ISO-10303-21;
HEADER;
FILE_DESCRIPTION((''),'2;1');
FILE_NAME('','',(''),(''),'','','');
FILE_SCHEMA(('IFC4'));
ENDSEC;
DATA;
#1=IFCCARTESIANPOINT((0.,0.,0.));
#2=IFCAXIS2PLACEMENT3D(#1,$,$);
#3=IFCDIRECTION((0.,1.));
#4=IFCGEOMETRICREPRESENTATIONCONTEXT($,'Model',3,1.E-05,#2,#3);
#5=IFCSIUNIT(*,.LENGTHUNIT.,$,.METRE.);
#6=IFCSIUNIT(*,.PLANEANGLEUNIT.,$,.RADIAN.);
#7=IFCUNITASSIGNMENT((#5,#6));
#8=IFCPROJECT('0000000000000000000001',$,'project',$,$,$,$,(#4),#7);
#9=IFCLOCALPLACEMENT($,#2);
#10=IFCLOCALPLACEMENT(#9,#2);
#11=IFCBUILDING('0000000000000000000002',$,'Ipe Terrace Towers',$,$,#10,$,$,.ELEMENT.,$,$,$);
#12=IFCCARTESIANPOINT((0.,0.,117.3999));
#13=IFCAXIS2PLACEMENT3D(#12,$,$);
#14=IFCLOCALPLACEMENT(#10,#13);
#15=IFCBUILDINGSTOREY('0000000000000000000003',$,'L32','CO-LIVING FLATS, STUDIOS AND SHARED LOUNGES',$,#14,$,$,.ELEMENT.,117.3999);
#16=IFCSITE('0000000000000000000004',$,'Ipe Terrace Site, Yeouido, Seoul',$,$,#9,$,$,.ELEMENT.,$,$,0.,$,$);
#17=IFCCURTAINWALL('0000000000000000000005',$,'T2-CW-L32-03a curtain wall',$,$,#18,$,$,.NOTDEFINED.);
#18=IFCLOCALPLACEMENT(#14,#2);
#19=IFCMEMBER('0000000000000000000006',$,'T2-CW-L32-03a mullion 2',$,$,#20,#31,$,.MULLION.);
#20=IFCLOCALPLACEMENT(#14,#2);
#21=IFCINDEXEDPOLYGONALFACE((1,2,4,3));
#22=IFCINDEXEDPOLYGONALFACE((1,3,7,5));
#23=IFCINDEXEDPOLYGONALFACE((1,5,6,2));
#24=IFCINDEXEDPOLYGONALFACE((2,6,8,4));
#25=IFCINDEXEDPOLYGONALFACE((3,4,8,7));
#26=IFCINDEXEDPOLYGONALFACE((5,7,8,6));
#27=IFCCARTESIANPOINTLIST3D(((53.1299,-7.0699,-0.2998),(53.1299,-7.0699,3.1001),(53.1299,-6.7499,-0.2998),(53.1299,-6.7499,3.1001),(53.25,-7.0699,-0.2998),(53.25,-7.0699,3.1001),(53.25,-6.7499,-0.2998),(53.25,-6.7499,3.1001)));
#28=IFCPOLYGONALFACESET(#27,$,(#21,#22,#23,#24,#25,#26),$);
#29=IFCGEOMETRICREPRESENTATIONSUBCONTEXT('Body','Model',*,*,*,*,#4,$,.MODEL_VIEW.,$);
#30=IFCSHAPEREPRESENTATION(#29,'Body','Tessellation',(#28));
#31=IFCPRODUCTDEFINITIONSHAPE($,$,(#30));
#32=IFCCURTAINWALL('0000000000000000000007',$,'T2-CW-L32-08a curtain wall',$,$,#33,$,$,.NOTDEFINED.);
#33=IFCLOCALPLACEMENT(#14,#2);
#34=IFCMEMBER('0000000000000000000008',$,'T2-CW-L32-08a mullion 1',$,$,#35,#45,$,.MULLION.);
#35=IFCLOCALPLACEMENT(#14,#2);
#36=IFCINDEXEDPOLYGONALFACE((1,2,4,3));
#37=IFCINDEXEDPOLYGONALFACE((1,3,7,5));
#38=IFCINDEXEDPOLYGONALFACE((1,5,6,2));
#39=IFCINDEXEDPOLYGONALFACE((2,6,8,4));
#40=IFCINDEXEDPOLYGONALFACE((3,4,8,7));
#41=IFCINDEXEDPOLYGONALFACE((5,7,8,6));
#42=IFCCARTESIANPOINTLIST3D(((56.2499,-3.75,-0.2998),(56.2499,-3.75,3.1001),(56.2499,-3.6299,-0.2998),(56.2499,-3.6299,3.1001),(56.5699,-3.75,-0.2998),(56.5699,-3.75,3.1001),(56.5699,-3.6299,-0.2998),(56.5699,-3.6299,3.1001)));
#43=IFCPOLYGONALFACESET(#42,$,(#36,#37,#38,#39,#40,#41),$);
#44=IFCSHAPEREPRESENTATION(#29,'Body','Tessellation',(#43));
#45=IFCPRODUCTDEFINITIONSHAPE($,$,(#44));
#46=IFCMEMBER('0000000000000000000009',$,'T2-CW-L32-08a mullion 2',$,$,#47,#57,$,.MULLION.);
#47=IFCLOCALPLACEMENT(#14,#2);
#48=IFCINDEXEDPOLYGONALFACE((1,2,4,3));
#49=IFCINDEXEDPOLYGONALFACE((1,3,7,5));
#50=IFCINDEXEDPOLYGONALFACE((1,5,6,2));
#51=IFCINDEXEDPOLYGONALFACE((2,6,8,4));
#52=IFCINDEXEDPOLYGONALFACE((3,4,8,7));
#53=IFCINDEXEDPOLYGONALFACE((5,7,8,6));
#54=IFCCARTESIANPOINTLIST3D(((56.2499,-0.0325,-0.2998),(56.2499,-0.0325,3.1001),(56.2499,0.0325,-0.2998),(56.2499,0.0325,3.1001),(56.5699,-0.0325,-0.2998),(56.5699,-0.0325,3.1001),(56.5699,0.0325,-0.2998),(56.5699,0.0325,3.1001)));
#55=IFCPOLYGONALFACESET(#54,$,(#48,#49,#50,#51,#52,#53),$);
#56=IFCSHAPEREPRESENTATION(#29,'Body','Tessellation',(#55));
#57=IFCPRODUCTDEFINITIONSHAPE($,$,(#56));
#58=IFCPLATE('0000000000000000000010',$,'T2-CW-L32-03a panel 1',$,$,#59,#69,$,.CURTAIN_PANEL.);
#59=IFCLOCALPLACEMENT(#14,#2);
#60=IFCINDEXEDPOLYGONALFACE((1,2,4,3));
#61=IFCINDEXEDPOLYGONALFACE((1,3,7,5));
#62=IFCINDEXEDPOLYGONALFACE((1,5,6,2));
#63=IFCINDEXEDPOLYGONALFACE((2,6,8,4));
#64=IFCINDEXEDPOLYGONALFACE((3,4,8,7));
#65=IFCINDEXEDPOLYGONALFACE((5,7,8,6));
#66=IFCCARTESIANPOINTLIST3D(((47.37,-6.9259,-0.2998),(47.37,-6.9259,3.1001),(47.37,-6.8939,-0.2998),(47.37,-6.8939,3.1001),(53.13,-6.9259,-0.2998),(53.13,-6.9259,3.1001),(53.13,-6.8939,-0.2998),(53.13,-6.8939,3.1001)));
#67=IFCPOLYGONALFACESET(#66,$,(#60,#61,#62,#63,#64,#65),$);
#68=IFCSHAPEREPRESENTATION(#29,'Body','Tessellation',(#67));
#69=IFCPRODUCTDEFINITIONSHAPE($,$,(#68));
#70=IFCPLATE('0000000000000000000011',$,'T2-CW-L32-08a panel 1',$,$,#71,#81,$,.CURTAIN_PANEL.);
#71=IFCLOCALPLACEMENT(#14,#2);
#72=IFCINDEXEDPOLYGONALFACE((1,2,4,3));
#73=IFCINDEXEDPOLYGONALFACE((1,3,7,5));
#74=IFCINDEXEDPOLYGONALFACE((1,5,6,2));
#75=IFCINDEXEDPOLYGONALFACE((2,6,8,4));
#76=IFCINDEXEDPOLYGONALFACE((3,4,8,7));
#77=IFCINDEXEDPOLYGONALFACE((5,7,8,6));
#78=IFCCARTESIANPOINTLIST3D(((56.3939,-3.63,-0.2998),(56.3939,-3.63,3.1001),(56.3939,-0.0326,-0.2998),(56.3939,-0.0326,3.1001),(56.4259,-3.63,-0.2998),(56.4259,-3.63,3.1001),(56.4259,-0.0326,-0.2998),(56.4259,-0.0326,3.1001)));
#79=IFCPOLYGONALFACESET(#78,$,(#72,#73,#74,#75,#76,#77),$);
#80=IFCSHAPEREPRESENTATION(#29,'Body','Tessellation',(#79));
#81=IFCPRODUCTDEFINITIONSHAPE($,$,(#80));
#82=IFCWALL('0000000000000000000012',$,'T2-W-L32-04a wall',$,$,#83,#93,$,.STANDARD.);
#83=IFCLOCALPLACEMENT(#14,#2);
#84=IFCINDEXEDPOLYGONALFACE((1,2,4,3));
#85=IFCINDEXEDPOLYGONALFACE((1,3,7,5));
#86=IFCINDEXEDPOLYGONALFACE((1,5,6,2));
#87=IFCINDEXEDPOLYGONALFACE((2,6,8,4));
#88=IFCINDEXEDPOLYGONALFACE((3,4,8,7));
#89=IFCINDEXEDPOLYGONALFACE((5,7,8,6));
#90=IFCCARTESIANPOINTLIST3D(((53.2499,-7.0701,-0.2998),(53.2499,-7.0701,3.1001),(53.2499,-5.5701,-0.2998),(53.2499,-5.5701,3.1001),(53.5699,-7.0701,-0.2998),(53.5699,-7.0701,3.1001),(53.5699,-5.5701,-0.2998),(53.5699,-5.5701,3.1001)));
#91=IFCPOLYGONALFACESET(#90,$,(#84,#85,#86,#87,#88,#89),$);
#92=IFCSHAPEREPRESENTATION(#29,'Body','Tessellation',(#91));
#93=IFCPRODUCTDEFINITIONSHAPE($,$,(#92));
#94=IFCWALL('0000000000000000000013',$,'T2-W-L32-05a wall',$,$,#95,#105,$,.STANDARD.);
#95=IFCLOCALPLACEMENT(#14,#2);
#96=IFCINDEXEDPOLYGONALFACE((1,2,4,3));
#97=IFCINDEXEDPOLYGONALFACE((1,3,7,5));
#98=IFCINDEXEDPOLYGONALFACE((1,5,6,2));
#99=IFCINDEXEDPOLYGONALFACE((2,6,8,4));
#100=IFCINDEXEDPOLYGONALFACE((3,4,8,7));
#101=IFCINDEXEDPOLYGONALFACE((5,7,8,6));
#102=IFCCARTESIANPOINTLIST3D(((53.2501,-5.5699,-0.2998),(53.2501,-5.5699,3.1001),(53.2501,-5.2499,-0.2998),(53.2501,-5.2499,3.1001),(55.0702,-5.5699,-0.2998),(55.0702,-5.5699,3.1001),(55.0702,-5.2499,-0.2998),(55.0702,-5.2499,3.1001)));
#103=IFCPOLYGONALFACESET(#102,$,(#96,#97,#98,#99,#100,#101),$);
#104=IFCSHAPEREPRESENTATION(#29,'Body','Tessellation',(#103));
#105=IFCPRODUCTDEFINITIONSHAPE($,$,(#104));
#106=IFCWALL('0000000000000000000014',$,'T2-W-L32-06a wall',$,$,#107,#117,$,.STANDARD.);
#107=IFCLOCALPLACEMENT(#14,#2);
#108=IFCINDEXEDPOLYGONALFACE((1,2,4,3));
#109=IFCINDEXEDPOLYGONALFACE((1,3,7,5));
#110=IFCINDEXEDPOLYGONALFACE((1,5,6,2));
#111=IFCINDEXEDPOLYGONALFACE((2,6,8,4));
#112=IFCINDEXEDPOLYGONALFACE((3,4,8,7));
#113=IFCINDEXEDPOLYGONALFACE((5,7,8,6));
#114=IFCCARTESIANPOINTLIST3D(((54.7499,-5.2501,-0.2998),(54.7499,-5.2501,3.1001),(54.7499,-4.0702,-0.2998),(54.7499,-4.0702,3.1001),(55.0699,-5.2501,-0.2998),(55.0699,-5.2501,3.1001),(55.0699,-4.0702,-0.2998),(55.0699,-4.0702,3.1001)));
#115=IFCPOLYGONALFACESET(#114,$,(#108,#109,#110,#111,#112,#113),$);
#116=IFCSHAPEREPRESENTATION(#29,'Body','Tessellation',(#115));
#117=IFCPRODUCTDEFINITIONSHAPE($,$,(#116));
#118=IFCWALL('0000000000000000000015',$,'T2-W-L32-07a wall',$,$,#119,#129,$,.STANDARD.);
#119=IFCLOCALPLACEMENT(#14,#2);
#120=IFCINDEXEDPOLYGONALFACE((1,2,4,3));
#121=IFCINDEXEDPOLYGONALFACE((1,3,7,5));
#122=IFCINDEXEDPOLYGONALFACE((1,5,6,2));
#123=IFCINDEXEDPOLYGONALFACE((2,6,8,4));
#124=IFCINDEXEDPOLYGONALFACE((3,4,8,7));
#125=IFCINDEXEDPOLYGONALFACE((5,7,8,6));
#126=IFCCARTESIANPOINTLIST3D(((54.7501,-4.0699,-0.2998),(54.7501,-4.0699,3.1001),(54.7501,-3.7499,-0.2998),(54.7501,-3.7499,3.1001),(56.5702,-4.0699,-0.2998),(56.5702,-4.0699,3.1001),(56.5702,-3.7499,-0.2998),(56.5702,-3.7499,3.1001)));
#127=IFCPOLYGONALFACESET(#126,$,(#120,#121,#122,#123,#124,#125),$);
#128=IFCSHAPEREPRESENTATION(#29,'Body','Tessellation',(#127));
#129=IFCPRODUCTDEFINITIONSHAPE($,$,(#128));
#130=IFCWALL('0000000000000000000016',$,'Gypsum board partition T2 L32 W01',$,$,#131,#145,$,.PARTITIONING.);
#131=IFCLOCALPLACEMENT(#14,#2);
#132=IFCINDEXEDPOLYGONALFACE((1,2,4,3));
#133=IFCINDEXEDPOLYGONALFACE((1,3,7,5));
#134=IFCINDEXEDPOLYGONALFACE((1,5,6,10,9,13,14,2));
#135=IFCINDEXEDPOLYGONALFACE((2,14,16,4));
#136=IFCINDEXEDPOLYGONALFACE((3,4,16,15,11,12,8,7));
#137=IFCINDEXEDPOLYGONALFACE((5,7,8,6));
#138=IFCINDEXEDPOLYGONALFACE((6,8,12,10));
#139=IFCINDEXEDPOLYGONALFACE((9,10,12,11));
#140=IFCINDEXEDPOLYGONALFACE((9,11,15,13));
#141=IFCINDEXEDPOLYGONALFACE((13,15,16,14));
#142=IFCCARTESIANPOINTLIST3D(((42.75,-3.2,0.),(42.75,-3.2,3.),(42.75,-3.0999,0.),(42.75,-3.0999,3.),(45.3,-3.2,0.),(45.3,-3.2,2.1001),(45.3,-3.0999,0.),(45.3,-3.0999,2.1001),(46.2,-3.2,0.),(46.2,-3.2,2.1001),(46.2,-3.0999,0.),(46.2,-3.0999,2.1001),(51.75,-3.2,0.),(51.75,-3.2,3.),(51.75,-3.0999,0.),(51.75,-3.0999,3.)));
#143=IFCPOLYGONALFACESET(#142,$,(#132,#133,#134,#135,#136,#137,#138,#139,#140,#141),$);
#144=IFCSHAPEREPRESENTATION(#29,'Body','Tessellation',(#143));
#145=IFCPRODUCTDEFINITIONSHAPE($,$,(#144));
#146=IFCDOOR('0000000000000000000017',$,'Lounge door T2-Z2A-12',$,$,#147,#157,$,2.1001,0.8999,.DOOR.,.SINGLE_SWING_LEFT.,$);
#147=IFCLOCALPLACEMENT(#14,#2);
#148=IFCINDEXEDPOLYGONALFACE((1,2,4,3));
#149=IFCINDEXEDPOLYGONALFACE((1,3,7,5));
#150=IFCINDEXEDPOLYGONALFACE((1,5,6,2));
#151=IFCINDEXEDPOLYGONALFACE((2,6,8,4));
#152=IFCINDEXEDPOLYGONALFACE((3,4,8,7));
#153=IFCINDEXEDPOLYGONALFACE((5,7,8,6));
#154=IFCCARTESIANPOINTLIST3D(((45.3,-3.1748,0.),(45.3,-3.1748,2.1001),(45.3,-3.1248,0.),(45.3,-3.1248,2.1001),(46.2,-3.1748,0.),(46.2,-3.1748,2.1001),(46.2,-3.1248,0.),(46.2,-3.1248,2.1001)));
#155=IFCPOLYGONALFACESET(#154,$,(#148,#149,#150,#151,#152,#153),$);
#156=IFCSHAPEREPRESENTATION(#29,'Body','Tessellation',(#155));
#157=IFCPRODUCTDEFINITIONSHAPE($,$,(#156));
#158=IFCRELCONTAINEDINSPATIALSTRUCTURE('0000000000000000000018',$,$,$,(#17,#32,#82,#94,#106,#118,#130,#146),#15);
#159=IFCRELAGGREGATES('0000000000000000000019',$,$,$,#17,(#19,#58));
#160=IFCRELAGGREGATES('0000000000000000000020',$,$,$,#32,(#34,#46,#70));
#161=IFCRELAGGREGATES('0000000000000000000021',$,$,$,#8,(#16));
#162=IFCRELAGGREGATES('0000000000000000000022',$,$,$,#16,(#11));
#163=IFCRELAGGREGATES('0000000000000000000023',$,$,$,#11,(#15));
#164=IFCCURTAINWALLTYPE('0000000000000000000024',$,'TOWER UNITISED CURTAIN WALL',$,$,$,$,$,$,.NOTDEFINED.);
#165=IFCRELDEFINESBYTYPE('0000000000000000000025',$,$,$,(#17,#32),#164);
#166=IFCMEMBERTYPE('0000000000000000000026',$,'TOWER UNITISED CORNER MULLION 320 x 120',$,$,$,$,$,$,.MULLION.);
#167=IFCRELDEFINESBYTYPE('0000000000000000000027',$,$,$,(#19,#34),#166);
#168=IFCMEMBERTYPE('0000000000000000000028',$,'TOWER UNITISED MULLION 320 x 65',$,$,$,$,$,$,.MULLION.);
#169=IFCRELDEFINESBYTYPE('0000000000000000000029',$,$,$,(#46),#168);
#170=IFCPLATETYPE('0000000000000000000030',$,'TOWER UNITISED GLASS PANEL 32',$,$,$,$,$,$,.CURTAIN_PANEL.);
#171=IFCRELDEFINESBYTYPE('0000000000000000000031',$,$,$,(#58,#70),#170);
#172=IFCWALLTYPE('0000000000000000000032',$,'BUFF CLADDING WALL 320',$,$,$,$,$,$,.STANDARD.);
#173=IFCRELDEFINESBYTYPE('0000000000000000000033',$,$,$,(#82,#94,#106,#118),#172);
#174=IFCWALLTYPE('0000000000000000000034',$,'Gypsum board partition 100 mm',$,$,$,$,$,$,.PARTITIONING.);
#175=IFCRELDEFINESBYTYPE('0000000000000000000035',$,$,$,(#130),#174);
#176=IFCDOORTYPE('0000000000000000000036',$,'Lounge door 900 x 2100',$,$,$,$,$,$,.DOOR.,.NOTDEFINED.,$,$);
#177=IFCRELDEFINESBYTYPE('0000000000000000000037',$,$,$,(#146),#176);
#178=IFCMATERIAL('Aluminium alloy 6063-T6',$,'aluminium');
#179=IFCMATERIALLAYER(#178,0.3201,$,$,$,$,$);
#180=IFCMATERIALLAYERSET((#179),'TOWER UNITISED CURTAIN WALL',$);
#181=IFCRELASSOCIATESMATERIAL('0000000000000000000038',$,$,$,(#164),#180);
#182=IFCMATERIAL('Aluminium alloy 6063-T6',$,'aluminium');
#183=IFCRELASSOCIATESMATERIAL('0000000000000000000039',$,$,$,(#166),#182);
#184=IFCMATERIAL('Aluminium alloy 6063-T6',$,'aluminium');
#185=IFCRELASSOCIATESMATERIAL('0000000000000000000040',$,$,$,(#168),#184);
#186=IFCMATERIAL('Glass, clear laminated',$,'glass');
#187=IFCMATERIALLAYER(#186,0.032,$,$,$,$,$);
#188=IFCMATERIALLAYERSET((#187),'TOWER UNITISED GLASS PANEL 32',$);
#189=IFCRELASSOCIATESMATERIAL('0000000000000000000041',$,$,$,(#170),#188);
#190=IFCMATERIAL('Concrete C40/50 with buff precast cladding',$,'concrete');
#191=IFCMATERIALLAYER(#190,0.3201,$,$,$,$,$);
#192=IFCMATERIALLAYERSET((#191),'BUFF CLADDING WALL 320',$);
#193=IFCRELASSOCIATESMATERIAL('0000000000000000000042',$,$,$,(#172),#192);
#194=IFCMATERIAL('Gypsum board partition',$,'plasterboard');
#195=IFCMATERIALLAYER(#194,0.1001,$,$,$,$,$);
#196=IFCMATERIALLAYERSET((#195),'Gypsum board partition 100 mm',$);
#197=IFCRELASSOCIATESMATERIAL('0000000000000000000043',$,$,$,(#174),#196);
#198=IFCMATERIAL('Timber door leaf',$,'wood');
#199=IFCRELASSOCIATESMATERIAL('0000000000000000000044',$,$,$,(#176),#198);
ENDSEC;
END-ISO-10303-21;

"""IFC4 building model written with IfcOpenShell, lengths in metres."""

from ifc_helpers import new_model, si_unit, direction, frame, frame_2d, origin, origin_2d, place, context, subcontext, project, spatial, rectangle, extrude, material, layer, layer_set, material_profile, profile_set, type_object, element, fill, aggregate, save


model = new_model("IFC4")

# Units and contexts
model_context = context("Model", 3, precision=1e-05, world=origin(), true_north=direction((0.0, 1.0)))
body_context = subcontext(model_context, "Body", "Model", "MODEL_VIEW")
ifc_project = project(units=[si_unit("LENGTHUNIT", "METRE"), si_unit("PLANEANGLEUNIT", "RADIAN")], contexts=[model_context])

# Site, building, storey
site_placement = place(None, origin())
site = spatial("IfcSite", under=ifc_project, at=site_placement, Name="Ipe Terrace Site, Yeouido, Seoul", CompositionType="ELEMENT", RefElevation=0.0)
building_placement = place(site_placement, origin())
building = spatial("IfcBuilding", under=site, at=building_placement, Name="Ipe Terrace Towers", CompositionType="ELEMENT")
storey_placement = place(building_placement, frame((0.0, 0.0, 117.3999)))
storey = spatial("IfcBuildingStorey", under=building, at=storey_placement, Name="L32", Description="CO-LIVING FLATS, STUDIOS AND SHARED LOUNGES", CompositionType="ELEMENT", Elevation=117.3999)

# Curtain walls, members
ifc_material_1 = material(Name="Aluminium alloy 6063-T6", Category="aluminium")
ifc_layer_1 = layer(ifc_material_1, 0.3201)
ifc_layer_set_1 = layer_set([ifc_layer_1], Name="TOWER UNITISED CURTAIN WALL")
curtain_wall_type = type_object("IfcCurtainWallType", Name="TOWER UNITISED CURTAIN WALL", PredefinedType="NOTDEFINED", material=ifc_layer_set_1)
curtain_wall_1_placement = place(storey_placement, origin())
curtain_wall_1 = element("IfcCurtainWall", 1, at=curtain_wall_1_placement, inside=storey, type_object=curtain_wall_type, Name="T2-CW-L32-03a curtain wall", PredefinedType="NOTDEFINED")
ifc_material_2 = material(Name="Aluminium alloy 6063-T6", Category="aluminium")
ifc_material_profile_1 = material_profile(ifc_material_2, rectangle(XDim=0.3201, YDim=0.1201, at=origin_2d()), Name="TOWER UNITISED CORNER MULLION 320 x 120")
ifc_profile_set_1 = profile_set([ifc_material_profile_1], Name="Aluminium alloy 6063-T6")
member_type_1 = type_object("IfcMemberType", Name="TOWER UNITISED CORNER MULLION 320 x 120", PredefinedType="MULLION", material=ifc_profile_set_1)
member_1_placement = place(storey_placement, frame((53.1899, -6.9099, -0.2998), z_axis=(0.0, 0.0, 1.0), x_axis=(0.0, -1.0, 0.0)))
member_1 = element("IfcMember", 2, at=member_1_placement, type_object=member_type_1, Name="T2-CW-L32-03a mullion 2", PredefinedType="MULLION", context=body_context, shape_type="SweptSolid", body=[
    extrude(rectangle(XDim=0.3201, YDim=0.1201, at=origin_2d()), origin(), (0.0, 0.0, 1.0), 3.3999),
])
curtain_wall_2_placement = place(storey_placement, origin())
curtain_wall_2 = element("IfcCurtainWall", 3, at=curtain_wall_2_placement, inside=storey, type_object=curtain_wall_type, Name="T2-CW-L32-08a curtain wall", PredefinedType="NOTDEFINED")
member_2_placement = place(storey_placement, frame((56.4099, -3.6899, -0.2998), z_axis=(0.0, 0.0, 1.0), x_axis=(1.0, 0.0, 0.0)))
member_2 = element("IfcMember", 4, at=member_2_placement, type_object=member_type_1, Name="T2-CW-L32-08a mullion 1", PredefinedType="MULLION", context=body_context, shape_type="SweptSolid", body=[
    extrude(rectangle(XDim=0.3201, YDim=0.1201, at=origin_2d()), origin(), (0.0, 0.0, 1.0), 3.3999),
])
ifc_material_3 = material(Name="Aluminium alloy 6063-T6", Category="aluminium")
ifc_material_profile_2 = material_profile(ifc_material_3, rectangle(XDim=0.3201, YDim=0.0649, at=origin_2d()), Name="TOWER UNITISED MULLION 320 x 65")
ifc_profile_set_2 = profile_set([ifc_material_profile_2], Name="Aluminium alloy 6063-T6")
member_type_2 = type_object("IfcMemberType", Name="TOWER UNITISED MULLION 320 x 65", PredefinedType="MULLION", material=ifc_profile_set_2)
member_3_placement = place(storey_placement, frame((56.4099, 0.0, -0.2998), z_axis=(0.0, 0.0, 1.0), x_axis=(1.0, 0.0, 0.0)))
member_3 = element("IfcMember", 5, at=member_3_placement, type_object=member_type_2, Name="T2-CW-L32-08a mullion 2", PredefinedType="MULLION", context=body_context, shape_type="SweptSolid", body=[
    extrude(rectangle(XDim=0.3201, YDim=0.0649, at=origin_2d()), origin(), (0.0, 0.0, 1.0), 3.3999),
])

# Plates
ifc_material_4 = material(Name="Glass, clear laminated", Category="glass")
ifc_layer_2 = layer(ifc_material_4, 0.032)
ifc_layer_set_2 = layer_set([ifc_layer_2], Name="TOWER UNITISED GLASS PANEL 32")
plate_type = type_object("IfcPlateType", Name="TOWER UNITISED GLASS PANEL 32", PredefinedType="CURTAIN_PANEL", material=ifc_layer_set_2)
plate_1_placement = place(storey_placement, frame((50.25, -6.9099, -0.2998), z_axis=(0.0, 0.0, 1.0), x_axis=(1.0, 0.0, 0.0)))
plate_1 = element("IfcPlate", 6, at=plate_1_placement, type_object=plate_type, Name="T2-CW-L32-03a panel 1", PredefinedType="CURTAIN_PANEL", context=body_context, shape_type="SweptSolid", body=[
    extrude(rectangle(XDim=5.76, YDim=0.032, at=origin_2d()), origin(), (0.0, 0.0, 1.0), 3.3999),
])
aggregate(curtain_wall_1, [member_1, plate_1])
plate_2_placement = place(storey_placement, frame((56.4099, -1.8313, -0.2998), z_axis=(0.0, 0.0, 1.0), x_axis=(0.0, 1.0, 0.0)))
plate_2 = element("IfcPlate", 7, at=plate_2_placement, type_object=plate_type, Name="T2-CW-L32-08a panel 1", PredefinedType="CURTAIN_PANEL", context=body_context, shape_type="SweptSolid", body=[
    extrude(rectangle(XDim=3.5974, YDim=0.032, at=origin_2d()), origin(), (0.0, 0.0, 1.0), 3.3999),
])
aggregate(curtain_wall_2, [member_2, member_3, plate_2])

# Walls
ifc_material_5 = material(Name="Concrete C40/50 with buff precast cladding", Category="concrete")
ifc_layer_3 = layer(ifc_material_5, 0.3201)
ifc_layer_set_3 = layer_set([ifc_layer_3], Name="BUFF CLADDING WALL 320")
wall_type_1 = type_object("IfcWallType", Name="BUFF CLADDING WALL 320", PredefinedType="STANDARD", material=ifc_layer_set_3)
wall_1_placement = place(storey_placement, frame((53.4099, -7.0701, -0.2998), z_axis=(0.0, 0.0, 1.0), x_axis=(0.0, 1.0, 0.0)))
element("IfcWall", 8, at=wall_1_placement, inside=storey, type_object=wall_type_1, Name="T2-W-L32-04a wall", PredefinedType="STANDARD", context=body_context, shape_type="SweptSolid", body=[
    extrude(rectangle(XDim=1.5, YDim=0.3201, at=frame_2d((0.75, 0.0))), origin(), (0.0, 0.0, 1.0), 3.3999),
])
wall_2_placement = place(storey_placement, frame((53.25, -5.4099, -0.2998), z_axis=(0.0, 0.0, 1.0), x_axis=(1.0, 0.0, 0.0)))
element("IfcWall", 9, at=wall_2_placement, inside=storey, type_object=wall_type_1, Name="T2-W-L32-05a wall", PredefinedType="STANDARD", context=body_context, shape_type="SweptSolid", body=[
    extrude(rectangle(XDim=1.8201, YDim=0.3201, at=frame_2d((0.9102, 0.0))), origin(), (0.0, 0.0, 1.0), 3.3999),
])
wall_3_placement = place(storey_placement, frame((54.9099, -5.25, -0.2998), z_axis=(0.0, 0.0, 1.0), x_axis=(0.0, 1.0, 0.0)))
element("IfcWall", 10, at=wall_3_placement, inside=storey, type_object=wall_type_1, Name="T2-W-L32-06a wall", PredefinedType="STANDARD", context=body_context, shape_type="SweptSolid", body=[
    extrude(rectangle(XDim=1.1799, YDim=0.3201, at=frame_2d((0.5898, 0.0))), origin(), (0.0, 0.0, 1.0), 3.3999),
])
wall_4_placement = place(storey_placement, frame((54.75, -3.9099, -0.2998), z_axis=(0.0, 0.0, 1.0), x_axis=(1.0, 0.0, 0.0)))
element("IfcWall", 11, at=wall_4_placement, inside=storey, type_object=wall_type_1, Name="T2-W-L32-07a wall", PredefinedType="STANDARD", context=body_context, shape_type="SweptSolid", body=[
    extrude(rectangle(XDim=1.8201, YDim=0.3201, at=frame_2d((0.9102, 0.0))), origin(), (0.0, 0.0, 1.0), 3.3999),
])

# Wall, opening, door
ifc_material_6 = material(Name="Gypsum board partition", Category="plasterboard")
ifc_layer_4 = layer(ifc_material_6, 0.1001)
ifc_layer_set_4 = layer_set([ifc_layer_4], Name="Gypsum board partition 100 mm")
wall_type_2 = type_object("IfcWallType", Name="Gypsum board partition 100 mm", PredefinedType="PARTITIONING", material=ifc_layer_set_4)
wall_5_placement = place(storey_placement, frame((51.75, -3.1499, 0.0), z_axis=(0.0, 0.0, 1.0), x_axis=(-1.0, 0.0, 0.0)))
wall_5 = element("IfcWall", 12, at=wall_5_placement, inside=storey, type_object=wall_type_2, Name="Gypsum board partition T2 L32 W01", PredefinedType="PARTITIONING", context=body_context, shape_type="SweptSolid", body=[
    extrude(rectangle(XDim=9.0, YDim=0.1001, at=frame_2d((4.5, 0.0))), origin(), (0.0, 0.0, 1.0), 3.0),
])
opening_1_placement = place(wall_5_placement, frame((5.55, 0.0, 0.0)))
opening_1 = element("IfcOpeningElement", 13, at=opening_1_placement, cuts=wall_5, PredefinedType="OPENING", context=body_context, shape_type="SweptSolid", body=[
    extrude(rectangle(XDim=0.8999, YDim=2.1001, at=frame_2d((0.45, 1.05))), frame((0.0, 0.0601, 0.0), z_axis=(0.0, -1.0, 0.0), x_axis=(1.0, 0.0, 0.0)), (0.0, 0.0, 1.0), 0.1201),
])
ifc_material_7 = material(Name="Timber door leaf", Category="wood")
door_type_1 = type_object("IfcDoorType", Name="Lounge door 900 x 2100", OperationType="NOTDEFINED", PredefinedType="DOOR", material=ifc_material_7)
door_1_placement = place(opening_1_placement, origin())
door_1 = element("IfcDoor", 14, at=door_1_placement, inside=storey, type_object=door_type_1, Name="Lounge door T2-Z2A-12", OperationType="SINGLE_SWING_LEFT", OverallHeight=2.1001, OverallWidth=0.8999, PredefinedType="DOOR", context=body_context, shape_type="SweptSolid", body=[
    extrude(rectangle(XDim=0.8999, YDim=2.1001, at=frame_2d((0.45, 1.05))), frame((0.0, 0.0249, 0.0), z_axis=(0.0, -1.0, 0.0), x_axis=(1.0, 0.0, 0.0)), (0.0, 0.0, 1.0), 0.05),
])
fill(opening_1, door_1)

save(model, "model.ifc")
